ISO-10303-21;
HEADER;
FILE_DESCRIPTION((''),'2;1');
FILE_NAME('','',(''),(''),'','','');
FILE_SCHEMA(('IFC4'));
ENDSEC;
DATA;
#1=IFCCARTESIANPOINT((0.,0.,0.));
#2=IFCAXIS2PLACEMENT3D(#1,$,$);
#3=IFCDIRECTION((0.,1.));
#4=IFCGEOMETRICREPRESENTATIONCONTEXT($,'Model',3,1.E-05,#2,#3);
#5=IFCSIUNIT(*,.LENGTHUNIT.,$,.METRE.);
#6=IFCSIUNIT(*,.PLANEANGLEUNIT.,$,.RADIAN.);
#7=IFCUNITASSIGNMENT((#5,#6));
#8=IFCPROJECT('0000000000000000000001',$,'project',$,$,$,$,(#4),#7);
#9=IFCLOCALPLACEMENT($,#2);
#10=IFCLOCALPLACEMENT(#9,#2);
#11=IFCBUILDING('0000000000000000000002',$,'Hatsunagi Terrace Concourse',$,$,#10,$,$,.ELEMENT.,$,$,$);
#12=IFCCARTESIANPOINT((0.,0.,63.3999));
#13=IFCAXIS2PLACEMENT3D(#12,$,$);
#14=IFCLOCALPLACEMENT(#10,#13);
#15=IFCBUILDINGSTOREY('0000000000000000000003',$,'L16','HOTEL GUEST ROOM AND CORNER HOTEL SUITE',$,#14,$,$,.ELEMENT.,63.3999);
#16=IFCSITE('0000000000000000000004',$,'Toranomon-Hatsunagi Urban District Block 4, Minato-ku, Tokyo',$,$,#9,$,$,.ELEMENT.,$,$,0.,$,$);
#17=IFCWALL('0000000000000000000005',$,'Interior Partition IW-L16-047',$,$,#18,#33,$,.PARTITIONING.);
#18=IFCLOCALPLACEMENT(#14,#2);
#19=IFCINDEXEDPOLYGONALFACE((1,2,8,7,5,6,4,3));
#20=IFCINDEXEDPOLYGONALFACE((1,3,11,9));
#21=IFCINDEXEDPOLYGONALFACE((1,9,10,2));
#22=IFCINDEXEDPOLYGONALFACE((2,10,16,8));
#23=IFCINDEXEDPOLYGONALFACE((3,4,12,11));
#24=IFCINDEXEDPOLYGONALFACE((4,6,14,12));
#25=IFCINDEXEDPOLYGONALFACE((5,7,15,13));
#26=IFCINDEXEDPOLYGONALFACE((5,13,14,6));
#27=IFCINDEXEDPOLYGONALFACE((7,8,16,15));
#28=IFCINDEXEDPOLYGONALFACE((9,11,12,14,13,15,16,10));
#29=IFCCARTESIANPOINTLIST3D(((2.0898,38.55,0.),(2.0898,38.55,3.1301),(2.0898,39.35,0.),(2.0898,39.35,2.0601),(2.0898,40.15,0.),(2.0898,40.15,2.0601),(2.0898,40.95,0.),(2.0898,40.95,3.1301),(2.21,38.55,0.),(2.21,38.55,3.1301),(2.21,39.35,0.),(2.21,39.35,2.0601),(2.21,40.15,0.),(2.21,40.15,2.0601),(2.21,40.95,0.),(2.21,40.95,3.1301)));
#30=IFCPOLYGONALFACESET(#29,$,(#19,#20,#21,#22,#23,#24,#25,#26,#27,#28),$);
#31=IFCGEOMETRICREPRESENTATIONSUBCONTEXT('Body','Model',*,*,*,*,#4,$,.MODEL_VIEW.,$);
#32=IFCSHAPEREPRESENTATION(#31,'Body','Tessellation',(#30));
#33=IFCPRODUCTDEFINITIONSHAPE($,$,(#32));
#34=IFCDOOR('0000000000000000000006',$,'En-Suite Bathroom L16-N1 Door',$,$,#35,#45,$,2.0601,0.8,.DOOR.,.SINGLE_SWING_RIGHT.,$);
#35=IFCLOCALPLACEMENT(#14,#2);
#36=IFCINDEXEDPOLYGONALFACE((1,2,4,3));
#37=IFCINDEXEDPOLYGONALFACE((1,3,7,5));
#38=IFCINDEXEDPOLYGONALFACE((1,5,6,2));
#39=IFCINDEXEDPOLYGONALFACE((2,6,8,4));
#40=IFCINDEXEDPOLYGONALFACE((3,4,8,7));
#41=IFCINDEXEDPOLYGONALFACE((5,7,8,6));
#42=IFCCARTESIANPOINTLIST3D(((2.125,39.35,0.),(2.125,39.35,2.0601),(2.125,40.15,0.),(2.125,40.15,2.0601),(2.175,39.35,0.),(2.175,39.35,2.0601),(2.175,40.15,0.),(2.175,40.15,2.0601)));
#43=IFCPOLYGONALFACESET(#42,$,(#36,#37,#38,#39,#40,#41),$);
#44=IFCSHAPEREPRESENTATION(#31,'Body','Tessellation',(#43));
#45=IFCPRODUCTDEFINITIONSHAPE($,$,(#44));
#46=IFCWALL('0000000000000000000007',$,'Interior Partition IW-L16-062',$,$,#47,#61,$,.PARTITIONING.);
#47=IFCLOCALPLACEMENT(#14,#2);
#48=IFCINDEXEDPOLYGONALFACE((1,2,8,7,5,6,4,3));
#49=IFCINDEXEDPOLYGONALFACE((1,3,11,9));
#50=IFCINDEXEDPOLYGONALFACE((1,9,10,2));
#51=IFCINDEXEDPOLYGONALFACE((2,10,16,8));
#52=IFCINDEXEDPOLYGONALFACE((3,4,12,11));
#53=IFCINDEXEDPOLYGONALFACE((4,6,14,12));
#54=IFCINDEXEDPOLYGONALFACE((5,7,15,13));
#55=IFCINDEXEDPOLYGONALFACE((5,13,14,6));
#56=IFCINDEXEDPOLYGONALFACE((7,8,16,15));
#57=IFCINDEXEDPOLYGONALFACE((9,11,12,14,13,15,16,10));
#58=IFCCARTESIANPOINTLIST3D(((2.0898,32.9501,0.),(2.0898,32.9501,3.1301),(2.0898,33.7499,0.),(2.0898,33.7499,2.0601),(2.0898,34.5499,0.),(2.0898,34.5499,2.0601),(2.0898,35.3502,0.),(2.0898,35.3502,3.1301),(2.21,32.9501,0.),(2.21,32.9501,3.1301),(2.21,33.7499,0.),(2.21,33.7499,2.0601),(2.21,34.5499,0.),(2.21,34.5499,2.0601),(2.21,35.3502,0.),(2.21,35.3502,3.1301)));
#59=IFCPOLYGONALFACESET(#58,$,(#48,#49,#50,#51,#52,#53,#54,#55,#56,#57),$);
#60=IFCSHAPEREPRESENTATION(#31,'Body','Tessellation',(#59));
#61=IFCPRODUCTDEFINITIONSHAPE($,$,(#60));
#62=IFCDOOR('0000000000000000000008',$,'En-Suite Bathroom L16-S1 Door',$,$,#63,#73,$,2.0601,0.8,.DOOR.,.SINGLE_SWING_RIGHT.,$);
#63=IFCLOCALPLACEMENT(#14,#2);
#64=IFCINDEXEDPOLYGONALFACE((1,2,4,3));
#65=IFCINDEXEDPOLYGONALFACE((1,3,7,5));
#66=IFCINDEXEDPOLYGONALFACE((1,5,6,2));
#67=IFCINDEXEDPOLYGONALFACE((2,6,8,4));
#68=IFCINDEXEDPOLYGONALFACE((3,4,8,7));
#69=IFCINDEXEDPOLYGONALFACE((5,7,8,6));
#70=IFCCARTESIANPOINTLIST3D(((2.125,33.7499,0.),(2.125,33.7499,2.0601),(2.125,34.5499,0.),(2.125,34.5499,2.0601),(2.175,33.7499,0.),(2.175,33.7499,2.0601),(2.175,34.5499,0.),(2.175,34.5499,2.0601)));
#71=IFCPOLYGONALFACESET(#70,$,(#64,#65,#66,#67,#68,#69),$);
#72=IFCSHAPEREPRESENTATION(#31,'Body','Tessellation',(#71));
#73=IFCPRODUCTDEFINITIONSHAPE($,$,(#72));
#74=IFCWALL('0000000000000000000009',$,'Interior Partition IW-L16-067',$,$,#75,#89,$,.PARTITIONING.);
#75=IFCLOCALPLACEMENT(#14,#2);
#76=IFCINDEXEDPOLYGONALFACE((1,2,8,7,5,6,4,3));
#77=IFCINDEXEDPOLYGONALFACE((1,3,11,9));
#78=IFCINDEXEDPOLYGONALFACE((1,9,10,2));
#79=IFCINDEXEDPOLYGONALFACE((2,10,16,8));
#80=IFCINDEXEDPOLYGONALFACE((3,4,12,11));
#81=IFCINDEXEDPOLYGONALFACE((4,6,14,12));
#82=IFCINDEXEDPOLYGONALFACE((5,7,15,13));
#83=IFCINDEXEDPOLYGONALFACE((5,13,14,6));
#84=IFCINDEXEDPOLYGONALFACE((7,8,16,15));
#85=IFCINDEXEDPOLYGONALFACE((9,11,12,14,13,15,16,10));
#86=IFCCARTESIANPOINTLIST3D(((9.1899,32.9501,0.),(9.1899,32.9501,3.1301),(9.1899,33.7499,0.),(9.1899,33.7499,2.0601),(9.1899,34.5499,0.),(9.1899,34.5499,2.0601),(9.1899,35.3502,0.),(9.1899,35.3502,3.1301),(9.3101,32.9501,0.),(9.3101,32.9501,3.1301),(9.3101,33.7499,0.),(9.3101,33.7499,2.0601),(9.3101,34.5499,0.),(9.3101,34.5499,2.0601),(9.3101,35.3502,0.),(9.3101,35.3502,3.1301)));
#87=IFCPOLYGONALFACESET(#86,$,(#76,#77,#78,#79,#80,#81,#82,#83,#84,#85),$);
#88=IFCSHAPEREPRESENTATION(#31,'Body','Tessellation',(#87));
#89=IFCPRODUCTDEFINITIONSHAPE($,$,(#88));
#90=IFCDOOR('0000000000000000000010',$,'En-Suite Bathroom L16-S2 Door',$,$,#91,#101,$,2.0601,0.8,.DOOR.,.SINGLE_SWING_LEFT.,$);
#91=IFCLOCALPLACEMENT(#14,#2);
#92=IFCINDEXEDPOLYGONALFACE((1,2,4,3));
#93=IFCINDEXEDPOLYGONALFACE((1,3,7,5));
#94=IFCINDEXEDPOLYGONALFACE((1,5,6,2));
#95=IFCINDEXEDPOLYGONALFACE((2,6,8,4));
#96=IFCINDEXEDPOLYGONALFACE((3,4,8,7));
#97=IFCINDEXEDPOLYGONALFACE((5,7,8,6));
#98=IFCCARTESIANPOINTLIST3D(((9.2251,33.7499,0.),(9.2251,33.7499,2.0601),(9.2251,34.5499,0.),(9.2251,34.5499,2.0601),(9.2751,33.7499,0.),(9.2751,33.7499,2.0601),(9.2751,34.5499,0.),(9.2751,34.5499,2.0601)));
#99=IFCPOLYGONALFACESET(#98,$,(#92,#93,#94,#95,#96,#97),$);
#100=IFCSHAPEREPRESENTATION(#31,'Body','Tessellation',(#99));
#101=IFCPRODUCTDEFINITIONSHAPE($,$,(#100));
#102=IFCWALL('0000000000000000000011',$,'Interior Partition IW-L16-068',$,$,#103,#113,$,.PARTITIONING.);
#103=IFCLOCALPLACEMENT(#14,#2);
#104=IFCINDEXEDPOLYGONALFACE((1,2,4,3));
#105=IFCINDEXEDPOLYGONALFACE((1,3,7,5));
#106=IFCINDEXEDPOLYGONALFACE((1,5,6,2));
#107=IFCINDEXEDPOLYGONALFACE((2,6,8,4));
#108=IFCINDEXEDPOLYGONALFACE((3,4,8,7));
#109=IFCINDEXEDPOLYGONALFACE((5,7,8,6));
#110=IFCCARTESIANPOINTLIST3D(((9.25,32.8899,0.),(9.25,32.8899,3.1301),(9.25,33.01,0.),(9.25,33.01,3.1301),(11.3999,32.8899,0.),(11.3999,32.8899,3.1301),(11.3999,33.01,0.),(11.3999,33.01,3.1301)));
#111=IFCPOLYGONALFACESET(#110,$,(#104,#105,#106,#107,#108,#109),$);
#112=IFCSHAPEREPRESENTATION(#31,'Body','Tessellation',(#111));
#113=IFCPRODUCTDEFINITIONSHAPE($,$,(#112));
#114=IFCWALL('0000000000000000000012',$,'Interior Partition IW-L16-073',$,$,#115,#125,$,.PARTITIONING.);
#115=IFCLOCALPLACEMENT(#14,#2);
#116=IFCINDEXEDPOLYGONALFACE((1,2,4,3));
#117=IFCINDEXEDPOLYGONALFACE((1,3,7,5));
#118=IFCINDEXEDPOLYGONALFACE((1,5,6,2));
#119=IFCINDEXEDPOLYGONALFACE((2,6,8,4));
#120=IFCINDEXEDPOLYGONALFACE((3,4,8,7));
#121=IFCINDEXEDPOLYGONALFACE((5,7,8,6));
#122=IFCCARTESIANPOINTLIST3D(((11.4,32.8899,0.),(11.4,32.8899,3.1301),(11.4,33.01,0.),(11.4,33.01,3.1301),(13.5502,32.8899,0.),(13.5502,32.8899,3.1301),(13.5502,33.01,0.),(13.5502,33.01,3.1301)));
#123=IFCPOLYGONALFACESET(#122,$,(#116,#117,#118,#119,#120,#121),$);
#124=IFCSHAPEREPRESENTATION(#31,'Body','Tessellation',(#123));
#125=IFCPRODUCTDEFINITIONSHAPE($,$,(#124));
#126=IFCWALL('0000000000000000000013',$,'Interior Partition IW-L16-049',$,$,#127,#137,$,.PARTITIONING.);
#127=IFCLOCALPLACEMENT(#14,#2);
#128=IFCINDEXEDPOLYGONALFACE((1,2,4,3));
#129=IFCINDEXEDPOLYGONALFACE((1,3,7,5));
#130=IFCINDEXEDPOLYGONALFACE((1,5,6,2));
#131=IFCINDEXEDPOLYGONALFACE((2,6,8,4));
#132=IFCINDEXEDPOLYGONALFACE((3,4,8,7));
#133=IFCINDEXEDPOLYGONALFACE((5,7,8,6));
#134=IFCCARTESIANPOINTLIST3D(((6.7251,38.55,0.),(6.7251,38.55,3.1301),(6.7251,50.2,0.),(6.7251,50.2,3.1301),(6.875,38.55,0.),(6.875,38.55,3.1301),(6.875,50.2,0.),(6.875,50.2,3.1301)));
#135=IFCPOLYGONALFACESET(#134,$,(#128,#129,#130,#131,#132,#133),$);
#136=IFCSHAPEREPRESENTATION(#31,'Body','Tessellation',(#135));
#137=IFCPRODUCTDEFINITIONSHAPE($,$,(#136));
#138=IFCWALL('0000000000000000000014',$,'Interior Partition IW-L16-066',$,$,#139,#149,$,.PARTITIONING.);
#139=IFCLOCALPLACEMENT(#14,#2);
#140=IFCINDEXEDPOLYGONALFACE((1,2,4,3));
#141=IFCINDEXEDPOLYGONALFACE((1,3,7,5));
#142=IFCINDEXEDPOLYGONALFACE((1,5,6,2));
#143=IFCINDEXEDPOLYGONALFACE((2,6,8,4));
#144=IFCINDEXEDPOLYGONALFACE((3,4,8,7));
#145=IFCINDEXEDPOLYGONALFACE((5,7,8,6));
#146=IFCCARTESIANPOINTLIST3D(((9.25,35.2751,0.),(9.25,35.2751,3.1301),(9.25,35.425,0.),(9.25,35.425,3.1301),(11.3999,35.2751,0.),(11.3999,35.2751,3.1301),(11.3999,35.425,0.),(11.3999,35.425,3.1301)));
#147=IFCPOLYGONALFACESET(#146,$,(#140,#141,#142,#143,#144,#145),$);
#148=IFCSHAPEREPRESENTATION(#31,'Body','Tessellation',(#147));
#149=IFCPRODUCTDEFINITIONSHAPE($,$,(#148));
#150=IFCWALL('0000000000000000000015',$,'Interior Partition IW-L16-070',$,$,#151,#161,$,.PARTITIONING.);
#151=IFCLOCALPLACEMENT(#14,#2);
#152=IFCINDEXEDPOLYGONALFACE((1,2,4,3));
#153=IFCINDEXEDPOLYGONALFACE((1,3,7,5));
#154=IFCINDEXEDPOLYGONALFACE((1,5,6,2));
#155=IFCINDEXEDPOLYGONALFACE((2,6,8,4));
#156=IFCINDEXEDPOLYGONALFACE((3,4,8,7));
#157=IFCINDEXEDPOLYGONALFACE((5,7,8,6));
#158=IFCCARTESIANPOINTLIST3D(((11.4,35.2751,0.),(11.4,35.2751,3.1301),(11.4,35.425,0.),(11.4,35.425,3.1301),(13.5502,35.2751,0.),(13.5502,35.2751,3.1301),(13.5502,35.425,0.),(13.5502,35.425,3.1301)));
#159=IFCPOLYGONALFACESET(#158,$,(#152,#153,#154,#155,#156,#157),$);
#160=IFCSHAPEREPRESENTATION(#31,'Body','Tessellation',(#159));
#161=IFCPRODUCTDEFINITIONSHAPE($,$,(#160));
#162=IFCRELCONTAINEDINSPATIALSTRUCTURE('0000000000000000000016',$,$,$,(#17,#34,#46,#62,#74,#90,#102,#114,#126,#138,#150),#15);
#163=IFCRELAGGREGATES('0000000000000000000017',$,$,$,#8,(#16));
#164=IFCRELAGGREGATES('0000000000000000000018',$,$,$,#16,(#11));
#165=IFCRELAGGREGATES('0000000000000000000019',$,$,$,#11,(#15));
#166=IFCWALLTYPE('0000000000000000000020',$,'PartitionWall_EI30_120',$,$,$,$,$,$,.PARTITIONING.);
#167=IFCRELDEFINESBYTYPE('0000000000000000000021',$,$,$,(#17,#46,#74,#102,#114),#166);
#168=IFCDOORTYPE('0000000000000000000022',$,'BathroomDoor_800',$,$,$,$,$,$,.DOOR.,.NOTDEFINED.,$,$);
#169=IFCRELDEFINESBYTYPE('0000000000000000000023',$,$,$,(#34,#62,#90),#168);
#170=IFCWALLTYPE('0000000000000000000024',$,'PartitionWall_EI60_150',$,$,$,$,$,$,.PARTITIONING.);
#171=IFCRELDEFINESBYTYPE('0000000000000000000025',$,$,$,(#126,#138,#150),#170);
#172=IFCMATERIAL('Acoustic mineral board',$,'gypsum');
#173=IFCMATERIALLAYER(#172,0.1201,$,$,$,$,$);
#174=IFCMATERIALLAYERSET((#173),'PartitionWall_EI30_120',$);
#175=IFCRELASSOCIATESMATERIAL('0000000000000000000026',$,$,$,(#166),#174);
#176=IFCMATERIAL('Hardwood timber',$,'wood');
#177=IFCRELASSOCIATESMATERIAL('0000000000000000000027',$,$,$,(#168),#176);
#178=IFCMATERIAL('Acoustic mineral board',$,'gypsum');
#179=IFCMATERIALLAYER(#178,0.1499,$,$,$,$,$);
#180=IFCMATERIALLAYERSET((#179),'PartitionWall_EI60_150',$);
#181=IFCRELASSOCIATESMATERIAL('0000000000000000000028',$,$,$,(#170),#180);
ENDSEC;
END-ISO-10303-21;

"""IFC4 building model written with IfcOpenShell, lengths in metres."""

from ifc_helpers import new_model, si_unit, direction, frame, frame_2d, origin, place, context, subcontext, project, spatial, rectangle, extrude, material, layer, layer_set, type_object, element, fill, save


model = new_model("IFC4")

# Units and contexts
model_context = context("Model", 3, precision=1e-05, world=origin(), true_north=direction((0.0, 1.0)))
body_context = subcontext(model_context, "Body", "Model", "MODEL_VIEW")
ifc_project = project(units=[si_unit("LENGTHUNIT", "METRE"), si_unit("PLANEANGLEUNIT", "RADIAN")], contexts=[model_context])

# Site, building, storey
site_placement = place(None, origin())
site = spatial("IfcSite", under=ifc_project, at=site_placement, Name="Toranomon-Hatsunagi Urban District Block 4, Minato-ku, Tokyo", CompositionType="ELEMENT", RefElevation=0.0)
building_placement = place(site_placement, origin())
building = spatial("IfcBuilding", under=site, at=building_placement, Name="Hatsunagi Terrace Concourse", CompositionType="ELEMENT")
storey_placement = place(building_placement, frame((0.0, 0.0, 63.3999)))
storey = spatial("IfcBuildingStorey", under=building, at=storey_placement, Name="L16", Description="HOTEL GUEST ROOM AND CORNER HOTEL SUITE", CompositionType="ELEMENT", Elevation=63.3999)

# Walls, openings, doors
ifc_material_1 = material(Name="Acoustic mineral board", Category="gypsum")
ifc_layer_1 = layer(ifc_material_1, 0.1201)
ifc_layer_set_1 = layer_set([ifc_layer_1], Name="PartitionWall_EI30_120")
wall_type_1 = type_object("IfcWallType", Name="PartitionWall_EI30_120", PredefinedType="PARTITIONING", material=ifc_layer_set_1)
wall_1_placement = place(storey_placement, frame((2.1499, 38.55, 0.0), z_axis=(0.0, 0.0, 1.0), x_axis=(0.0, 1.0, 0.0)))
wall_1 = element("IfcWall", 1, at=wall_1_placement, inside=storey, type_object=wall_type_1, Name="Interior Partition IW-L16-047", PredefinedType="PARTITIONING", context=body_context, shape_type="SweptSolid", body=[
    extrude(rectangle(XDim=2.3999, YDim=0.1201, at=frame_2d((1.2, 0.0))), origin(), (0.0, 0.0, 1.0), 3.1301),
])
opening_1_placement = place(wall_1_placement, frame((0.8, 0.0, 0.0)))
opening_1 = element("IfcOpeningElement", 2, at=opening_1_placement, cuts=wall_1, PredefinedType="OPENING", context=body_context, shape_type="SweptSolid", body=[
    extrude(rectangle(XDim=0.8, YDim=2.0601, at=frame_2d((0.3999, 1.03))), frame((0.0, 0.0701, 0.0), z_axis=(0.0, -1.0, 0.0), x_axis=(1.0, 0.0, 0.0)), (0.0, 0.0, 1.0), 0.1401),
])
ifc_material_2 = material(Name="Hardwood timber", Category="wood")
door_type_1 = type_object("IfcDoorType", Name="BathroomDoor_800", OperationType="NOTDEFINED", PredefinedType="DOOR", material=ifc_material_2)
door_1_placement = place(opening_1_placement, origin())
door_1 = element("IfcDoor", 3, at=door_1_placement, inside=storey, type_object=door_type_1, Name="En-Suite Bathroom L16-N1 Door", OperationType="SINGLE_SWING_RIGHT", OverallHeight=2.0601, OverallWidth=0.8, PredefinedType="DOOR", context=body_context, shape_type="SweptSolid", body=[
    extrude(rectangle(XDim=0.8, YDim=2.0601, at=frame_2d((0.3999, 1.03))), frame((0.0, 0.0249, 0.0), z_axis=(0.0, -1.0, 0.0), x_axis=(1.0, 0.0, 0.0)), (0.0, 0.0, 1.0), 0.05),
])
fill(opening_1, door_1)
wall_2_placement = place(storey_placement, frame((2.1499, 32.95, 0.0), z_axis=(0.0, 0.0, 1.0), x_axis=(0.0, 1.0, 0.0)))
wall_2 = element("IfcWall", 4, at=wall_2_placement, inside=storey, type_object=wall_type_1, Name="Interior Partition IW-L16-062", PredefinedType="PARTITIONING", context=body_context, shape_type="SweptSolid", body=[
    extrude(rectangle(XDim=2.4001, YDim=0.1201, at=frame_2d((1.2002, 0.0))), origin(), (0.0, 0.0, 1.0), 3.1301),
])
opening_2_placement = place(wall_2_placement, frame((0.8, 0.0, 0.0)))
opening_2 = element("IfcOpeningElement", 5, at=opening_2_placement, cuts=wall_2, PredefinedType="OPENING", context=body_context, shape_type="SweptSolid", body=[
    extrude(rectangle(XDim=0.8, YDim=2.0601, at=frame_2d((0.3999, 1.03))), frame((0.0, 0.0701, 0.0), z_axis=(0.0, -1.0, 0.0), x_axis=(1.0, 0.0, 0.0)), (0.0, 0.0, 1.0), 0.1401),
])
door_2_placement = place(opening_2_placement, origin())
door_2 = element("IfcDoor", 6, at=door_2_placement, inside=storey, type_object=door_type_1, Name="En-Suite Bathroom L16-S1 Door", OperationType="SINGLE_SWING_RIGHT", OverallHeight=2.0601, OverallWidth=0.8, PredefinedType="DOOR", context=body_context, shape_type="SweptSolid", body=[
    extrude(rectangle(XDim=0.8, YDim=2.0601, at=frame_2d((0.3999, 1.03))), frame((0.0, 0.0249, 0.0), z_axis=(0.0, -1.0, 0.0), x_axis=(1.0, 0.0, 0.0)), (0.0, 0.0, 1.0), 0.05),
])
fill(opening_2, door_2)
wall_3_placement = place(storey_placement, frame((9.25, 32.95, 0.0), z_axis=(0.0, 0.0, 1.0), x_axis=(0.0, 1.0, 0.0)))
wall_3 = element("IfcWall", 7, at=wall_3_placement, inside=storey, type_object=wall_type_1, Name="Interior Partition IW-L16-067", PredefinedType="PARTITIONING", context=body_context, shape_type="SweptSolid", body=[
    extrude(rectangle(XDim=2.4001, YDim=0.1201, at=frame_2d((1.2002, 0.0))), origin(), (0.0, 0.0, 1.0), 3.1301),
])
opening_3_placement = place(wall_3_placement, frame((0.8, 0.0, 0.0)))
opening_3 = element("IfcOpeningElement", 8, at=opening_3_placement, cuts=wall_3, PredefinedType="OPENING", context=body_context, shape_type="SweptSolid", body=[
    extrude(rectangle(XDim=0.8, YDim=2.0601, at=frame_2d((0.3999, 1.03))), frame((0.0, 0.0701, 0.0), z_axis=(0.0, -1.0, 0.0), x_axis=(1.0, 0.0, 0.0)), (0.0, 0.0, 1.0), 0.1401),
])
door_3_placement = place(opening_3_placement, origin())
door_3 = element("IfcDoor", 9, at=door_3_placement, inside=storey, type_object=door_type_1, Name="En-Suite Bathroom L16-S2 Door", OperationType="SINGLE_SWING_LEFT", OverallHeight=2.0601, OverallWidth=0.8, PredefinedType="DOOR", context=body_context, shape_type="SweptSolid", body=[
    extrude(rectangle(XDim=0.8, YDim=2.0601, at=frame_2d((0.3999, 1.03))), frame((0.0, 0.0249, 0.0), z_axis=(0.0, -1.0, 0.0), x_axis=(1.0, 0.0, 0.0)), (0.0, 0.0, 1.0), 0.05),
])
fill(opening_3, door_3)

# Walls
wall_4_placement = place(storey_placement, frame((9.25, 32.95, 0.0), z_axis=(0.0, 0.0, 1.0), x_axis=(1.0, 0.0, 0.0)))
element("IfcWall", 10, at=wall_4_placement, inside=storey, type_object=wall_type_1, Name="Interior Partition IW-L16-068", PredefinedType="PARTITIONING", context=body_context, shape_type="SweptSolid", body=[
    extrude(rectangle(XDim=2.1499, YDim=0.1201, at=frame_2d((1.075, 0.0))), origin(), (0.0, 0.0, 1.0), 3.1301),
])
wall_5_placement = place(storey_placement, frame((11.3999, 32.95, 0.0), z_axis=(0.0, 0.0, 1.0), x_axis=(1.0, 0.0, 0.0)))
element("IfcWall", 11, at=wall_5_placement, inside=storey, type_object=wall_type_1, Name="Interior Partition IW-L16-073", PredefinedType="PARTITIONING", context=body_context, shape_type="SweptSolid", body=[
    extrude(rectangle(XDim=2.1501, YDim=0.1201, at=frame_2d((1.0752, 0.0))), origin(), (0.0, 0.0, 1.0), 3.1301),
])

# Shared definitions
ifc_material_3 = material(Name="Acoustic mineral board", Category="gypsum")
ifc_layer_2 = layer(ifc_material_3, 0.1499)
ifc_layer_set_2 = layer_set([ifc_layer_2], Name="PartitionWall_EI60_150")
wall_type_2 = type_object("IfcWallType", Name="PartitionWall_EI60_150", PredefinedType="PARTITIONING", material=ifc_layer_set_2)

# Wall
wall_6_placement = place(storey_placement, frame((6.8, 38.55, 0.0), z_axis=(0.0, 0.0, 1.0), x_axis=(0.0, 1.0, 0.0)))
element("IfcWall", 12, at=wall_6_placement, inside=storey, type_object=wall_type_2, Name="Interior Partition IW-L16-049", PredefinedType="PARTITIONING", context=body_context, shape_type="SweptSolid", body=[
    extrude(rectangle(XDim=11.6499, YDim=0.1499, at=frame_2d((5.825, 0.0))), origin(), (0.0, 0.0, 1.0), 3.1301),
])

# Walls
wall_7_placement = place(storey_placement, frame((9.25, 35.3501, 0.0), z_axis=(0.0, 0.0, 1.0), x_axis=(1.0, 0.0, 0.0)))
element("IfcWall", 13, at=wall_7_placement, inside=storey, type_object=wall_type_2, Name="Interior Partition IW-L16-066", PredefinedType="PARTITIONING", context=body_context, shape_type="SweptSolid", body=[
    extrude(rectangle(XDim=2.1499, YDim=0.1499, at=frame_2d((1.075, 0.0))), origin(), (0.0, 0.0, 1.0), 3.1301),
])
wall_8_placement = place(storey_placement, frame((11.3999, 35.3501, 0.0), z_axis=(0.0, 0.0, 1.0), x_axis=(1.0, 0.0, 0.0)))
element("IfcWall", 14, at=wall_8_placement, inside=storey, type_object=wall_type_2, Name="Interior Partition IW-L16-070", PredefinedType="PARTITIONING", context=body_context, shape_type="SweptSolid", body=[
    extrude(rectangle(XDim=2.1501, YDim=0.1499, at=frame_2d((1.0752, 0.0))), origin(), (0.0, 0.0, 1.0), 3.1301),
])

save(model, "model.ifc")
